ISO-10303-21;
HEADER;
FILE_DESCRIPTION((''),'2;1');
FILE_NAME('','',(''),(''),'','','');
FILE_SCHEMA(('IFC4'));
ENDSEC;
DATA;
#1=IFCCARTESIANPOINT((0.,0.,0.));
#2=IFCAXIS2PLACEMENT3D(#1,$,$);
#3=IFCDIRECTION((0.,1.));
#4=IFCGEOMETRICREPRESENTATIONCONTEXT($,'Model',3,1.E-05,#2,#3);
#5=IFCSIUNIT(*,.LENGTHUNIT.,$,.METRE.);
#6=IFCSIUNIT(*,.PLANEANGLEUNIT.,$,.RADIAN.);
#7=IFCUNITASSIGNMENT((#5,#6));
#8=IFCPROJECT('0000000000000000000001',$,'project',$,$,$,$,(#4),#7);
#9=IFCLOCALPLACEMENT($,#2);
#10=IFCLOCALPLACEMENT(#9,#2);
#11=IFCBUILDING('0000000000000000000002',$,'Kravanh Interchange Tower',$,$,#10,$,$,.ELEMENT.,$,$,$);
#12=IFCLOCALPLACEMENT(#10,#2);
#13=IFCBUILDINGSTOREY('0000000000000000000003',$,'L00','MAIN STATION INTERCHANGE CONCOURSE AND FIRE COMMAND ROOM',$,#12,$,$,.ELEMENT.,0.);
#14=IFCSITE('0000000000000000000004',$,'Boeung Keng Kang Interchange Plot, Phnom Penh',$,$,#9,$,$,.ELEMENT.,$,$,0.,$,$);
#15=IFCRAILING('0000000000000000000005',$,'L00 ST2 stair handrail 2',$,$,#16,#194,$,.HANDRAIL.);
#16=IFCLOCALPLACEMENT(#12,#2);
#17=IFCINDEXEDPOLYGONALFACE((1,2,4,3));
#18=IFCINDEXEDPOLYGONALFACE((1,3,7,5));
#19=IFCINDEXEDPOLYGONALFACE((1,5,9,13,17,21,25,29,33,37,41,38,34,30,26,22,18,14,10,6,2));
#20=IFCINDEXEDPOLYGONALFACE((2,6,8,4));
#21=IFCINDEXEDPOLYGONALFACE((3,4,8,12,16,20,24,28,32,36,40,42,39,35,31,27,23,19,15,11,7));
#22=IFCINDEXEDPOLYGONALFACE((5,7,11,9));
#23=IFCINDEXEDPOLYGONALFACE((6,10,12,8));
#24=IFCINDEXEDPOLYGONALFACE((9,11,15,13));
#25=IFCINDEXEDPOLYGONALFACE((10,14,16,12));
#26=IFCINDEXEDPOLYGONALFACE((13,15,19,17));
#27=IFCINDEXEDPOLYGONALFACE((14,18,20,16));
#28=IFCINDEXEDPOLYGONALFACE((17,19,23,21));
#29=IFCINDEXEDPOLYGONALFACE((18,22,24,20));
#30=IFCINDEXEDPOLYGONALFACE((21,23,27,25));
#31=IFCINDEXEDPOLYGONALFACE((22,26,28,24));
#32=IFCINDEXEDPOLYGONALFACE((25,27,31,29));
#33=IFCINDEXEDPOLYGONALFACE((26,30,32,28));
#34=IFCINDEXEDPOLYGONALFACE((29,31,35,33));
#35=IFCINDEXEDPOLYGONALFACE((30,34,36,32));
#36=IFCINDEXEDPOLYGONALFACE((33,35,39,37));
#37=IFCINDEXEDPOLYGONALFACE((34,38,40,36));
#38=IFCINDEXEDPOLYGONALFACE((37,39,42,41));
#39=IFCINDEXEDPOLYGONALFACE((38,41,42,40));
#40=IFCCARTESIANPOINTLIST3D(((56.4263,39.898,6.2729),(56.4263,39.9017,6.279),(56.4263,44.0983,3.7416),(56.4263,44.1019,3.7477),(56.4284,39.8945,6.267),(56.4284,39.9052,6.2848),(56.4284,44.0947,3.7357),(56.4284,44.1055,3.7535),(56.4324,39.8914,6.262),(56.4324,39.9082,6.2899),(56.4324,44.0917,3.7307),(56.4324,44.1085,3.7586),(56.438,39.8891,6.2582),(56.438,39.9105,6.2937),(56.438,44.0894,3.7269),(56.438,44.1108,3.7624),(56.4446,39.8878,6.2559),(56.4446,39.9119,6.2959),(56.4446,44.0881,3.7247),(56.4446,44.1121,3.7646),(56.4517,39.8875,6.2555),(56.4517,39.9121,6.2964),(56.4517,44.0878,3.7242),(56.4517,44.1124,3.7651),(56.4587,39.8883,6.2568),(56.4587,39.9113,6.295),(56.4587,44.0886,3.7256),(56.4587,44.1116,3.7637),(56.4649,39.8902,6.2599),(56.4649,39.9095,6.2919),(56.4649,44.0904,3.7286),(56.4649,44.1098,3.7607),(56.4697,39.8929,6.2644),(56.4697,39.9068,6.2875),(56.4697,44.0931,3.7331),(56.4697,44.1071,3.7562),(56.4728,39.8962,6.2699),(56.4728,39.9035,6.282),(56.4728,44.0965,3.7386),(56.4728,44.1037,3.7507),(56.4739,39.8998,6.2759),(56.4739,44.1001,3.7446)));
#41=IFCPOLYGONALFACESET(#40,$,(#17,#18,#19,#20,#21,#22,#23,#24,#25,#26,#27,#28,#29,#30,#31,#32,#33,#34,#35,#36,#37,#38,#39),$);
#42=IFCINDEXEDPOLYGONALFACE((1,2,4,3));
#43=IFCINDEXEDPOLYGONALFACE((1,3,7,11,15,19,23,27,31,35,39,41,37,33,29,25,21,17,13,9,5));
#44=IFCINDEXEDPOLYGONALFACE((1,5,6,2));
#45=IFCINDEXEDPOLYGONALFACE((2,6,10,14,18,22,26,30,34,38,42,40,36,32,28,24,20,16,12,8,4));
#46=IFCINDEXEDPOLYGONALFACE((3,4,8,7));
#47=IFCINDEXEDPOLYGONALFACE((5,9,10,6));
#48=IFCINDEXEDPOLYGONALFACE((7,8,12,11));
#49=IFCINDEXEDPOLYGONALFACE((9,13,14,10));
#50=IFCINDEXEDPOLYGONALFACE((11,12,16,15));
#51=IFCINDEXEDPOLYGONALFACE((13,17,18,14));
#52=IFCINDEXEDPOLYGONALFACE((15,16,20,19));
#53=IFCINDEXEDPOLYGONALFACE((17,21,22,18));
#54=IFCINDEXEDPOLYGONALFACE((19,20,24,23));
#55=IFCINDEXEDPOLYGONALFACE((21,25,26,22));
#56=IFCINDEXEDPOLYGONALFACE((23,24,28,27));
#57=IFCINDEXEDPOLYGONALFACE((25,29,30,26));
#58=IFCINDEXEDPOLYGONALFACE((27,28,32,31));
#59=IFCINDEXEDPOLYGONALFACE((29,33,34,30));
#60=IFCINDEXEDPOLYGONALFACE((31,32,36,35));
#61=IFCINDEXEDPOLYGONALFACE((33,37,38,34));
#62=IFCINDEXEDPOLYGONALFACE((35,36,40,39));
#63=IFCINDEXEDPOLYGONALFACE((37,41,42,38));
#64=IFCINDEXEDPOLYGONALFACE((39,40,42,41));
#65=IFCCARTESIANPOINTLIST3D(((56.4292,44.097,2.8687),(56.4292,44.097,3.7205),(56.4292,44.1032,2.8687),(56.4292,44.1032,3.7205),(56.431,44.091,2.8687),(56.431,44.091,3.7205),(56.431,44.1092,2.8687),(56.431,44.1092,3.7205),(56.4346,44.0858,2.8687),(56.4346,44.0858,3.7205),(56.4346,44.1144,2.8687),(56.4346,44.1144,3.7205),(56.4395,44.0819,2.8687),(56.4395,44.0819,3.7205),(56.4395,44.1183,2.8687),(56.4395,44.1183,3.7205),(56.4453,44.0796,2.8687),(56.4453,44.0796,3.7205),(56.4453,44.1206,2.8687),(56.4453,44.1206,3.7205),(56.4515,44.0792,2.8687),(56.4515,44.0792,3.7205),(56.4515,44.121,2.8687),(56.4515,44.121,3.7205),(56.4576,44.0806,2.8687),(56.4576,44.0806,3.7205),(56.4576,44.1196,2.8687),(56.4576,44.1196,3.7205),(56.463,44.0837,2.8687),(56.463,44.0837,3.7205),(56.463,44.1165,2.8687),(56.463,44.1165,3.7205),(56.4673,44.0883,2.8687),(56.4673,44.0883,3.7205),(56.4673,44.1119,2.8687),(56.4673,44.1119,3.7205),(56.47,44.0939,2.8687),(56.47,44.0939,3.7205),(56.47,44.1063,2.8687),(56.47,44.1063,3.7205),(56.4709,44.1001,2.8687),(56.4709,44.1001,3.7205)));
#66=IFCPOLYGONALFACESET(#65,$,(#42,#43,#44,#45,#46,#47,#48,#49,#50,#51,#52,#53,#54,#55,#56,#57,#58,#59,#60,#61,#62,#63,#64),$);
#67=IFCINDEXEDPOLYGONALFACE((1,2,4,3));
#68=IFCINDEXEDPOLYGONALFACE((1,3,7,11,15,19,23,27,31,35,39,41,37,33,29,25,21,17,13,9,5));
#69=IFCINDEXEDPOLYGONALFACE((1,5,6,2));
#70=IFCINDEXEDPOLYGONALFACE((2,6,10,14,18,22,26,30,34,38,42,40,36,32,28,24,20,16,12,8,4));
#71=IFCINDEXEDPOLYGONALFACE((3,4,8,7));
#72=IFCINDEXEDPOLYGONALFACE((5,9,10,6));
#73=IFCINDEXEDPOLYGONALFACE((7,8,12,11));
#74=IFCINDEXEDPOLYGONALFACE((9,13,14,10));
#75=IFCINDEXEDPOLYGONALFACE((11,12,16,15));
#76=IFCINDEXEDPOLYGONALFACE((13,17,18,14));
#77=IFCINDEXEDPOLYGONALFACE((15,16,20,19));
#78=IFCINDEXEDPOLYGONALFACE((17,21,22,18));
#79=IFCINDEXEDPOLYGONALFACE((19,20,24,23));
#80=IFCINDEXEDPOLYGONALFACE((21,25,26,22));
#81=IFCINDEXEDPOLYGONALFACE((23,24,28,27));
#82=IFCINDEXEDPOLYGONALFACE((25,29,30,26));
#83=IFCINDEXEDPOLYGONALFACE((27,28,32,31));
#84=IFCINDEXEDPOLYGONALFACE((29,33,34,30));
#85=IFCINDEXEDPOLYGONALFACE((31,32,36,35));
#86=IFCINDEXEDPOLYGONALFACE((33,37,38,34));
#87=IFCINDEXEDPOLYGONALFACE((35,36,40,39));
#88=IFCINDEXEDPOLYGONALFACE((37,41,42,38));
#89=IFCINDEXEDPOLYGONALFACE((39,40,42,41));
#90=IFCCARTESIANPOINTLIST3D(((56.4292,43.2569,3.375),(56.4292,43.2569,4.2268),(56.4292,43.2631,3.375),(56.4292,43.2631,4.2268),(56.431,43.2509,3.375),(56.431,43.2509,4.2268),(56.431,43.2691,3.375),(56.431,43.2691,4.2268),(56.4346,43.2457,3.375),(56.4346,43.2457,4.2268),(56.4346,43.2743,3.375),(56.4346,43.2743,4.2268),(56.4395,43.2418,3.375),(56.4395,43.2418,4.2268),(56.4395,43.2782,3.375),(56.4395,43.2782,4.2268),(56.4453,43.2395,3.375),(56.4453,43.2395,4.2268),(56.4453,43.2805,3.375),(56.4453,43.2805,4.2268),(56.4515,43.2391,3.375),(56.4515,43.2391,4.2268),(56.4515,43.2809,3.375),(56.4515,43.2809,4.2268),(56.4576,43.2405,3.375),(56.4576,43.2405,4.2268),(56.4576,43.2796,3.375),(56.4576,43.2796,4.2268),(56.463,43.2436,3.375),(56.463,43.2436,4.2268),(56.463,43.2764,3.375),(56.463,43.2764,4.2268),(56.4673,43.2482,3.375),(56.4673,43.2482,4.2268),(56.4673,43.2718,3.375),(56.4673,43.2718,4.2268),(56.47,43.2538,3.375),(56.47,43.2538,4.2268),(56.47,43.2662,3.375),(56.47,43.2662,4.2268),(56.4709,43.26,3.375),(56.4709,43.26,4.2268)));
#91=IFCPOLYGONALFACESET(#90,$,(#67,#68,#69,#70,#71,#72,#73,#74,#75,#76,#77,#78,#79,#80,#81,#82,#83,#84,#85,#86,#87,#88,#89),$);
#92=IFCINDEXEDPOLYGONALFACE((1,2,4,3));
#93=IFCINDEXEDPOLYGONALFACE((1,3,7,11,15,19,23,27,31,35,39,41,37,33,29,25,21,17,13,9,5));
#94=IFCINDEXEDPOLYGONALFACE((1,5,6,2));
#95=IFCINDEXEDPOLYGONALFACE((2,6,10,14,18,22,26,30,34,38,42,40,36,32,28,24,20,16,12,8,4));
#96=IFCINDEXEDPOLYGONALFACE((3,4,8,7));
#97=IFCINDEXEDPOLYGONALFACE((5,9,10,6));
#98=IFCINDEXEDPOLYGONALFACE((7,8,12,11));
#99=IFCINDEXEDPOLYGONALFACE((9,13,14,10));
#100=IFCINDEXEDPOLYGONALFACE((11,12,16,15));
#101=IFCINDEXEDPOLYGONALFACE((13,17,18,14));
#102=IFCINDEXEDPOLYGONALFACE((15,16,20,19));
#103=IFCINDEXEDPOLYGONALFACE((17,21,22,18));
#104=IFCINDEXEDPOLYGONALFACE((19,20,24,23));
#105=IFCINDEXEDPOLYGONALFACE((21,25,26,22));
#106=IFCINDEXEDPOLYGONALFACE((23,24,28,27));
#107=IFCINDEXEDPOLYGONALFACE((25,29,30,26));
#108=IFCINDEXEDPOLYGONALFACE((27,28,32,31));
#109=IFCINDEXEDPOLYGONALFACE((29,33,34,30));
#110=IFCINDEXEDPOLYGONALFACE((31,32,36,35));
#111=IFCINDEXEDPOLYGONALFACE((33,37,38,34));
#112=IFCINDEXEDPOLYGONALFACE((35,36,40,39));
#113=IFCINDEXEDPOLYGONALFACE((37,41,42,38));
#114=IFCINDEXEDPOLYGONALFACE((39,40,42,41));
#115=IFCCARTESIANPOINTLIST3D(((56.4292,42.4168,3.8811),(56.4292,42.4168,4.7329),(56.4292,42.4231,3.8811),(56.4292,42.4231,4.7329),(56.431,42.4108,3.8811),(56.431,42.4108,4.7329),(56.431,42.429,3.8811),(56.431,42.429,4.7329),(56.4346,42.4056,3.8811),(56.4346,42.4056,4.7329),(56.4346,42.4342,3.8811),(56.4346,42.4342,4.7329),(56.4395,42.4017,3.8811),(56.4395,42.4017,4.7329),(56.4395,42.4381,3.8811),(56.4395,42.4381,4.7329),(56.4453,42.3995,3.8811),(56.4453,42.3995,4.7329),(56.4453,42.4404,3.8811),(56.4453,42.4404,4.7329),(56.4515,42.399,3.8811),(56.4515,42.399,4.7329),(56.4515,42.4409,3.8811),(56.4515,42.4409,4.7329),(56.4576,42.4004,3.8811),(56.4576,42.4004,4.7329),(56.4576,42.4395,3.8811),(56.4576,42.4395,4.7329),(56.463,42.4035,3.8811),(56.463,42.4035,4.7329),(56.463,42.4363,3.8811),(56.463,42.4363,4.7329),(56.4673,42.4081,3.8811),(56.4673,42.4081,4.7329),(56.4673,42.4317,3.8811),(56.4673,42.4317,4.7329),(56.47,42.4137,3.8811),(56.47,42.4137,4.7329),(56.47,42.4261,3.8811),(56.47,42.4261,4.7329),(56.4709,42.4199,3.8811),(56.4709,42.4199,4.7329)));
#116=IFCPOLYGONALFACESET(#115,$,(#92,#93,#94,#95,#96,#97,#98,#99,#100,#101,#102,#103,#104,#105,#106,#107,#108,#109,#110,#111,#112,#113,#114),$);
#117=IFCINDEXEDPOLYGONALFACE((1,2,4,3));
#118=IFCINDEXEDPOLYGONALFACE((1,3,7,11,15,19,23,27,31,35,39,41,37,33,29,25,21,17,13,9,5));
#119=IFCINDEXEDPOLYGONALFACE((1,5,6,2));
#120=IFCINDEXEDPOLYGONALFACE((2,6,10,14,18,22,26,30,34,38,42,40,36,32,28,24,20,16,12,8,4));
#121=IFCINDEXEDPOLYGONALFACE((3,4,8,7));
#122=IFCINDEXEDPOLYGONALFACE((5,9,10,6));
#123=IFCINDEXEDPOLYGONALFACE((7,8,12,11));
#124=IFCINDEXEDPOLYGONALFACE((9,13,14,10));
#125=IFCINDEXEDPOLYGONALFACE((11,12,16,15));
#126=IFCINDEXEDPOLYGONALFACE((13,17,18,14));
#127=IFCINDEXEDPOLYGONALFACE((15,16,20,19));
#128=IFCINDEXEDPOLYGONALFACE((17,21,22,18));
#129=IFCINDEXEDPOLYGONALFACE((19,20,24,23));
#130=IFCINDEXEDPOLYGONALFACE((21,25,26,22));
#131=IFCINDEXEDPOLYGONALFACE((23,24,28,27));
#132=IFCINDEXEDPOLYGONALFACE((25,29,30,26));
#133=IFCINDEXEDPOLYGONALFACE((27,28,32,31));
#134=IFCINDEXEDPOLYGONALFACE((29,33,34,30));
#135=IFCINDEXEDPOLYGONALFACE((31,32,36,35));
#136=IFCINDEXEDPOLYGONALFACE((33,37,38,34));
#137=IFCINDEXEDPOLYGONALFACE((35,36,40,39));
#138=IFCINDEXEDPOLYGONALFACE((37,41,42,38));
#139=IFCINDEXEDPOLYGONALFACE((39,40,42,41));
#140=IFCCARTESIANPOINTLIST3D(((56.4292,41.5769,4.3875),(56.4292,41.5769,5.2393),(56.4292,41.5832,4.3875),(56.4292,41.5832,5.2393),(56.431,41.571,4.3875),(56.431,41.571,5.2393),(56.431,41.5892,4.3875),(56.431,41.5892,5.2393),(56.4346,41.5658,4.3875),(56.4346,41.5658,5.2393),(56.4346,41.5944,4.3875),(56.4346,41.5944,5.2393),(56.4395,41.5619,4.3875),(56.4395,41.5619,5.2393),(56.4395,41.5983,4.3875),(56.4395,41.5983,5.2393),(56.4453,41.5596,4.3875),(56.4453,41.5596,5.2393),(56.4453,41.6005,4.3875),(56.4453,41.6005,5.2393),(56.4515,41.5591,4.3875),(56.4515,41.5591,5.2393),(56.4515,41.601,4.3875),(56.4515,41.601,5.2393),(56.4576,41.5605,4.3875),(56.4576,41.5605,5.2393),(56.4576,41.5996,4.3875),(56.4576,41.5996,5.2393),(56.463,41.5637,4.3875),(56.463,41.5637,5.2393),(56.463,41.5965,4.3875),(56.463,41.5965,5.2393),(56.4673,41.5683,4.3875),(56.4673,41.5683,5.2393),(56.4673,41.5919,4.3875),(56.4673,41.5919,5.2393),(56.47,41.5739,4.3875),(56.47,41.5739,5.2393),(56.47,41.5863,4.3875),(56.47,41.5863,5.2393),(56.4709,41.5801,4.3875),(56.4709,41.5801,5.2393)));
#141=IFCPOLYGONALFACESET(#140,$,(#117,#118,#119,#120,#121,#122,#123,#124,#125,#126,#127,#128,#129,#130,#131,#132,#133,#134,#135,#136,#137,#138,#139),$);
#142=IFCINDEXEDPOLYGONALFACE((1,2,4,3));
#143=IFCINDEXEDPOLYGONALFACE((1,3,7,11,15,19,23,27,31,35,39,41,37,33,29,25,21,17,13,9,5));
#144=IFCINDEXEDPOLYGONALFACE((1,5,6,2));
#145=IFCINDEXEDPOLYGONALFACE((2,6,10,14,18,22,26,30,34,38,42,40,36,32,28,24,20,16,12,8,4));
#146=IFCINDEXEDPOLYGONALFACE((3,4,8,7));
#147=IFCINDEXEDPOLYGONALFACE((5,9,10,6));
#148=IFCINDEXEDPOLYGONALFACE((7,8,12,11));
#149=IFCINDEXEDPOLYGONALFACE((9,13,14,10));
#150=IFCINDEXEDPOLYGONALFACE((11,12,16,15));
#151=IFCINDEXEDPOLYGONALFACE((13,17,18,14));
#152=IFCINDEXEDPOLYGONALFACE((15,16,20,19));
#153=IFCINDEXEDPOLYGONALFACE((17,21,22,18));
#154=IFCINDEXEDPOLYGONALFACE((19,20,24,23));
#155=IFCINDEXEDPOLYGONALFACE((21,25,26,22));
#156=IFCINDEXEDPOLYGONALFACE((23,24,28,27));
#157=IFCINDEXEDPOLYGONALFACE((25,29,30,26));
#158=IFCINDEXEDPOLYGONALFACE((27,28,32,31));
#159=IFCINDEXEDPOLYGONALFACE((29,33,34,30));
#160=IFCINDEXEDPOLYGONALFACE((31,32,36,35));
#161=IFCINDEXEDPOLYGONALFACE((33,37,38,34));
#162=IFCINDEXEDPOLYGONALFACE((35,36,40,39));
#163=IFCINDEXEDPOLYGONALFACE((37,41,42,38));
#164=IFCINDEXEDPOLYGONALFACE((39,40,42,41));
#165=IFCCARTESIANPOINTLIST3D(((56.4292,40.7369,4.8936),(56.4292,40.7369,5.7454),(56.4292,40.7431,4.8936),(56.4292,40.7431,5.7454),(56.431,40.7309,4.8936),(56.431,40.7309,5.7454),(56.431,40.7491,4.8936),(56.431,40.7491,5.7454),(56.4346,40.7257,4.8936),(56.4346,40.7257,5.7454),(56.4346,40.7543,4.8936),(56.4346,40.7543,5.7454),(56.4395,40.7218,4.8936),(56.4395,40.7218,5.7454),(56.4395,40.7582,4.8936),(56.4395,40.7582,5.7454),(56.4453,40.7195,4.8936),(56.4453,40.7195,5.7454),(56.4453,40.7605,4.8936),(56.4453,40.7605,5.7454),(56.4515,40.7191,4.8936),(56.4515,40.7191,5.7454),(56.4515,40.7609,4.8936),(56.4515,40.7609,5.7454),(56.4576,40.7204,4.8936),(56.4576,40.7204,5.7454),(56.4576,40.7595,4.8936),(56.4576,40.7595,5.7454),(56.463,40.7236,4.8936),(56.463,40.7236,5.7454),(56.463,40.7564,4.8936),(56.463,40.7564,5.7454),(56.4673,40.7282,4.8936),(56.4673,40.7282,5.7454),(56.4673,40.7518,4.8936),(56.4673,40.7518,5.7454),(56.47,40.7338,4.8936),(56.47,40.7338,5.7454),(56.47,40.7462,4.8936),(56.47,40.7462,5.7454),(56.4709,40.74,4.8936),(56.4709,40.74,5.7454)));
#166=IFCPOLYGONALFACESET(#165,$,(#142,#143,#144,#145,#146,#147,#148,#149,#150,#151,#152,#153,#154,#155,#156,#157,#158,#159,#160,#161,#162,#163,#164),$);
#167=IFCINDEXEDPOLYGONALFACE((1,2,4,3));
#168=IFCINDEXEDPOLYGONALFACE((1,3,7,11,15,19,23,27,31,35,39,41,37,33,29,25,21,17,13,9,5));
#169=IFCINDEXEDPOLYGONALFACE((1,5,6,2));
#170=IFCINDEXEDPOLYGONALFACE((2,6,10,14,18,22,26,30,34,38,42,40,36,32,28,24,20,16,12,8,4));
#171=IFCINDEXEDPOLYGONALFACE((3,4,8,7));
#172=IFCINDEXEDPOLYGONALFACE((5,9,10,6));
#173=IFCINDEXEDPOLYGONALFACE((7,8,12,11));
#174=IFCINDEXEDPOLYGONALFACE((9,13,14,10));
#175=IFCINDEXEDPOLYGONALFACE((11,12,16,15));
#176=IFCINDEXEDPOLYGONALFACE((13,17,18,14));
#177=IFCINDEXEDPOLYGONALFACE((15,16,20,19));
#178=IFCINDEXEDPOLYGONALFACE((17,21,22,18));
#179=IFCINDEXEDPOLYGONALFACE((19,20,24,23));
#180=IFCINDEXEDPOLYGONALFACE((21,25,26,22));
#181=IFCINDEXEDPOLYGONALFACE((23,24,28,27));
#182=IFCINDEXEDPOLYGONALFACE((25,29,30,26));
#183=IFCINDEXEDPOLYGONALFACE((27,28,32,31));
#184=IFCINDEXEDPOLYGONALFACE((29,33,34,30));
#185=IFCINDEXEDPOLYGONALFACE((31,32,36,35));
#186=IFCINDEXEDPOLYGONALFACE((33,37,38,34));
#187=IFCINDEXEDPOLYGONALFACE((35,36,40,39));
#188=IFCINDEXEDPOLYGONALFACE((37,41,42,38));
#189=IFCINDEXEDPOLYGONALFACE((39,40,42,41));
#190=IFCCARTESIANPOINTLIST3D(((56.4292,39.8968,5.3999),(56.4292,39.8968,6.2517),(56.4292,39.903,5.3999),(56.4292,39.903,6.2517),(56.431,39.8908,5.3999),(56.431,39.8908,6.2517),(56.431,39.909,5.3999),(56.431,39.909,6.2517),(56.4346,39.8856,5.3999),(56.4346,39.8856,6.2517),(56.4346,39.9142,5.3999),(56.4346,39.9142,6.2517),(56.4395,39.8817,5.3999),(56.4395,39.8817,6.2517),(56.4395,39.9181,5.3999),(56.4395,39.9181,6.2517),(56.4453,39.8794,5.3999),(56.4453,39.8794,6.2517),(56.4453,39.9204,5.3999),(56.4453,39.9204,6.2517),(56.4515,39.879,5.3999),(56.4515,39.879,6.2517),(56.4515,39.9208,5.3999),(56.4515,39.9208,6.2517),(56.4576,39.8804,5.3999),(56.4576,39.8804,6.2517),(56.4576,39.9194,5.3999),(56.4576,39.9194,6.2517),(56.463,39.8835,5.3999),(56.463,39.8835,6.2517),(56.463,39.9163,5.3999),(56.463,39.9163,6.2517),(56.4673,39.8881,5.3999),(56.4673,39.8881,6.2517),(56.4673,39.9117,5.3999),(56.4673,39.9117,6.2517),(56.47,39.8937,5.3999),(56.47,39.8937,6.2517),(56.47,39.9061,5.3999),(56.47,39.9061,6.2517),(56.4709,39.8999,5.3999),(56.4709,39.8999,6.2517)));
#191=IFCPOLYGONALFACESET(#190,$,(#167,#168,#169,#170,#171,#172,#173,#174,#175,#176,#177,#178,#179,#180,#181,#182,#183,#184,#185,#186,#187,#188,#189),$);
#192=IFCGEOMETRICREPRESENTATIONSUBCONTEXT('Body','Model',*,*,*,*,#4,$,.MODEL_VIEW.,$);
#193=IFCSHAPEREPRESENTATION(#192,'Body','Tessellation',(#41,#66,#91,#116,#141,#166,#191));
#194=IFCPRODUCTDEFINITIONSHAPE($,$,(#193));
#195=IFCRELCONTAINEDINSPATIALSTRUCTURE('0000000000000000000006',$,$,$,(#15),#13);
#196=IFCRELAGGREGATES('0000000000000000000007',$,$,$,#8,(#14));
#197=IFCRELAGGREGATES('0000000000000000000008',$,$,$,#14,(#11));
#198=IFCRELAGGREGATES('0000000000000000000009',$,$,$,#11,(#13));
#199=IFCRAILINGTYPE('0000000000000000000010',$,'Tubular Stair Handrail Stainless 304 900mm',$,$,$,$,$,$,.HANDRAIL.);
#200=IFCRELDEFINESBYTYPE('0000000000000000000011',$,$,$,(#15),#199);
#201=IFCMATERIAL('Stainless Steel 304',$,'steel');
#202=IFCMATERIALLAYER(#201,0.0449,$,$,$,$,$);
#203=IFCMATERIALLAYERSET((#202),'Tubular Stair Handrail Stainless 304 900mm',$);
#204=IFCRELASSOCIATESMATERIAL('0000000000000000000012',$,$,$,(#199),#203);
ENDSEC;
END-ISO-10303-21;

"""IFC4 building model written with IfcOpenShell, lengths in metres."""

from ifc_helpers import new_model, si_unit, direction, frame, origin, origin_2d, place, context, subcontext, project, spatial, circle, extrude, material, layer, layer_set, type_object, element, save


model = new_model("IFC4")

# Units and contexts
model_context = context("Model", 3, precision=1e-05, world=origin(), true_north=direction((0.0, 1.0)))
body_context = subcontext(model_context, "Body", "Model", "MODEL_VIEW")
ifc_project = project(units=[si_unit("LENGTHUNIT", "METRE"), si_unit("PLANEANGLEUNIT", "RADIAN")], contexts=[model_context])

# Site, building, storey
site_placement = place(None, origin())
site = spatial("IfcSite", under=ifc_project, at=site_placement, Name="Boeung Keng Kang Interchange Plot, Phnom Penh", CompositionType="ELEMENT", RefElevation=0.0)
building_placement = place(site_placement, origin())
building = spatial("IfcBuilding", under=site, at=building_placement, Name="Kravanh Interchange Tower", CompositionType="ELEMENT")
storey_placement = place(building_placement, origin())
storey = spatial("IfcBuildingStorey", under=building, at=storey_placement, Name="L00", Description="MAIN STATION INTERCHANGE CONCOURSE AND FIRE COMMAND ROOM", CompositionType="ELEMENT", Elevation=0.0)

# Railing
ifc_material_1 = material(Name="Stainless Steel 304", Category="steel")
ifc_layer_1 = layer(ifc_material_1, 0.0449)
ifc_layer_set_1 = layer_set([ifc_layer_1], Name="Tubular Stair Handrail Stainless 304 900mm")
railing_type_1 = type_object("IfcRailingType", Name="Tubular Stair Handrail Stainless 304 900mm", PredefinedType="HANDRAIL", material=ifc_layer_set_1)
railing_1_placement = place(storey_placement, frame((56.45, 44.1001, 2.8687)))
element("IfcRailing", 1, at=railing_1_placement, inside=storey, type_object=railing_type_1, Name="L00 ST2 stair handrail 2", PredefinedType="HANDRAIL", context=body_context, shape_type="SweptSolid", body=[
    extrude(circle(Radius=0.0239, at=origin_2d()), frame((0.0, 0.0, 0.876), z_axis=(0.0, -0.85649, 0.516164), x_axis=(1.0, 0.0, 0.0)), (0.0, 0.0, 1.0), 4.9041),
    extrude(circle(Radius=0.021, at=origin_2d()), origin(), (0.0, 0.0, 1.0), 0.8518),
    extrude(circle(Radius=0.021, at=origin_2d()), frame((0.0, -0.8401, 0.5063)), (0.0, 0.0, 1.0), 0.8518),
    extrude(circle(Radius=0.021, at=origin_2d()), frame((0.0, -1.6802, 1.0125)), (0.0, 0.0, 1.0), 0.8518),
    extrude(circle(Radius=0.021, at=origin_2d()), frame((0.0, -2.52, 1.5188)), (0.0, 0.0, 1.0), 0.8518),
    extrude(circle(Radius=0.021, at=origin_2d()), frame((0.0, -3.3601, 2.0249)), (0.0, 0.0, 1.0), 0.8518),
    extrude(circle(Radius=0.021, at=origin_2d()), frame((0.0, -4.2002, 2.5312)), (0.0, 0.0, 1.0), 0.8518),
])

save(model, "model.ifc")
